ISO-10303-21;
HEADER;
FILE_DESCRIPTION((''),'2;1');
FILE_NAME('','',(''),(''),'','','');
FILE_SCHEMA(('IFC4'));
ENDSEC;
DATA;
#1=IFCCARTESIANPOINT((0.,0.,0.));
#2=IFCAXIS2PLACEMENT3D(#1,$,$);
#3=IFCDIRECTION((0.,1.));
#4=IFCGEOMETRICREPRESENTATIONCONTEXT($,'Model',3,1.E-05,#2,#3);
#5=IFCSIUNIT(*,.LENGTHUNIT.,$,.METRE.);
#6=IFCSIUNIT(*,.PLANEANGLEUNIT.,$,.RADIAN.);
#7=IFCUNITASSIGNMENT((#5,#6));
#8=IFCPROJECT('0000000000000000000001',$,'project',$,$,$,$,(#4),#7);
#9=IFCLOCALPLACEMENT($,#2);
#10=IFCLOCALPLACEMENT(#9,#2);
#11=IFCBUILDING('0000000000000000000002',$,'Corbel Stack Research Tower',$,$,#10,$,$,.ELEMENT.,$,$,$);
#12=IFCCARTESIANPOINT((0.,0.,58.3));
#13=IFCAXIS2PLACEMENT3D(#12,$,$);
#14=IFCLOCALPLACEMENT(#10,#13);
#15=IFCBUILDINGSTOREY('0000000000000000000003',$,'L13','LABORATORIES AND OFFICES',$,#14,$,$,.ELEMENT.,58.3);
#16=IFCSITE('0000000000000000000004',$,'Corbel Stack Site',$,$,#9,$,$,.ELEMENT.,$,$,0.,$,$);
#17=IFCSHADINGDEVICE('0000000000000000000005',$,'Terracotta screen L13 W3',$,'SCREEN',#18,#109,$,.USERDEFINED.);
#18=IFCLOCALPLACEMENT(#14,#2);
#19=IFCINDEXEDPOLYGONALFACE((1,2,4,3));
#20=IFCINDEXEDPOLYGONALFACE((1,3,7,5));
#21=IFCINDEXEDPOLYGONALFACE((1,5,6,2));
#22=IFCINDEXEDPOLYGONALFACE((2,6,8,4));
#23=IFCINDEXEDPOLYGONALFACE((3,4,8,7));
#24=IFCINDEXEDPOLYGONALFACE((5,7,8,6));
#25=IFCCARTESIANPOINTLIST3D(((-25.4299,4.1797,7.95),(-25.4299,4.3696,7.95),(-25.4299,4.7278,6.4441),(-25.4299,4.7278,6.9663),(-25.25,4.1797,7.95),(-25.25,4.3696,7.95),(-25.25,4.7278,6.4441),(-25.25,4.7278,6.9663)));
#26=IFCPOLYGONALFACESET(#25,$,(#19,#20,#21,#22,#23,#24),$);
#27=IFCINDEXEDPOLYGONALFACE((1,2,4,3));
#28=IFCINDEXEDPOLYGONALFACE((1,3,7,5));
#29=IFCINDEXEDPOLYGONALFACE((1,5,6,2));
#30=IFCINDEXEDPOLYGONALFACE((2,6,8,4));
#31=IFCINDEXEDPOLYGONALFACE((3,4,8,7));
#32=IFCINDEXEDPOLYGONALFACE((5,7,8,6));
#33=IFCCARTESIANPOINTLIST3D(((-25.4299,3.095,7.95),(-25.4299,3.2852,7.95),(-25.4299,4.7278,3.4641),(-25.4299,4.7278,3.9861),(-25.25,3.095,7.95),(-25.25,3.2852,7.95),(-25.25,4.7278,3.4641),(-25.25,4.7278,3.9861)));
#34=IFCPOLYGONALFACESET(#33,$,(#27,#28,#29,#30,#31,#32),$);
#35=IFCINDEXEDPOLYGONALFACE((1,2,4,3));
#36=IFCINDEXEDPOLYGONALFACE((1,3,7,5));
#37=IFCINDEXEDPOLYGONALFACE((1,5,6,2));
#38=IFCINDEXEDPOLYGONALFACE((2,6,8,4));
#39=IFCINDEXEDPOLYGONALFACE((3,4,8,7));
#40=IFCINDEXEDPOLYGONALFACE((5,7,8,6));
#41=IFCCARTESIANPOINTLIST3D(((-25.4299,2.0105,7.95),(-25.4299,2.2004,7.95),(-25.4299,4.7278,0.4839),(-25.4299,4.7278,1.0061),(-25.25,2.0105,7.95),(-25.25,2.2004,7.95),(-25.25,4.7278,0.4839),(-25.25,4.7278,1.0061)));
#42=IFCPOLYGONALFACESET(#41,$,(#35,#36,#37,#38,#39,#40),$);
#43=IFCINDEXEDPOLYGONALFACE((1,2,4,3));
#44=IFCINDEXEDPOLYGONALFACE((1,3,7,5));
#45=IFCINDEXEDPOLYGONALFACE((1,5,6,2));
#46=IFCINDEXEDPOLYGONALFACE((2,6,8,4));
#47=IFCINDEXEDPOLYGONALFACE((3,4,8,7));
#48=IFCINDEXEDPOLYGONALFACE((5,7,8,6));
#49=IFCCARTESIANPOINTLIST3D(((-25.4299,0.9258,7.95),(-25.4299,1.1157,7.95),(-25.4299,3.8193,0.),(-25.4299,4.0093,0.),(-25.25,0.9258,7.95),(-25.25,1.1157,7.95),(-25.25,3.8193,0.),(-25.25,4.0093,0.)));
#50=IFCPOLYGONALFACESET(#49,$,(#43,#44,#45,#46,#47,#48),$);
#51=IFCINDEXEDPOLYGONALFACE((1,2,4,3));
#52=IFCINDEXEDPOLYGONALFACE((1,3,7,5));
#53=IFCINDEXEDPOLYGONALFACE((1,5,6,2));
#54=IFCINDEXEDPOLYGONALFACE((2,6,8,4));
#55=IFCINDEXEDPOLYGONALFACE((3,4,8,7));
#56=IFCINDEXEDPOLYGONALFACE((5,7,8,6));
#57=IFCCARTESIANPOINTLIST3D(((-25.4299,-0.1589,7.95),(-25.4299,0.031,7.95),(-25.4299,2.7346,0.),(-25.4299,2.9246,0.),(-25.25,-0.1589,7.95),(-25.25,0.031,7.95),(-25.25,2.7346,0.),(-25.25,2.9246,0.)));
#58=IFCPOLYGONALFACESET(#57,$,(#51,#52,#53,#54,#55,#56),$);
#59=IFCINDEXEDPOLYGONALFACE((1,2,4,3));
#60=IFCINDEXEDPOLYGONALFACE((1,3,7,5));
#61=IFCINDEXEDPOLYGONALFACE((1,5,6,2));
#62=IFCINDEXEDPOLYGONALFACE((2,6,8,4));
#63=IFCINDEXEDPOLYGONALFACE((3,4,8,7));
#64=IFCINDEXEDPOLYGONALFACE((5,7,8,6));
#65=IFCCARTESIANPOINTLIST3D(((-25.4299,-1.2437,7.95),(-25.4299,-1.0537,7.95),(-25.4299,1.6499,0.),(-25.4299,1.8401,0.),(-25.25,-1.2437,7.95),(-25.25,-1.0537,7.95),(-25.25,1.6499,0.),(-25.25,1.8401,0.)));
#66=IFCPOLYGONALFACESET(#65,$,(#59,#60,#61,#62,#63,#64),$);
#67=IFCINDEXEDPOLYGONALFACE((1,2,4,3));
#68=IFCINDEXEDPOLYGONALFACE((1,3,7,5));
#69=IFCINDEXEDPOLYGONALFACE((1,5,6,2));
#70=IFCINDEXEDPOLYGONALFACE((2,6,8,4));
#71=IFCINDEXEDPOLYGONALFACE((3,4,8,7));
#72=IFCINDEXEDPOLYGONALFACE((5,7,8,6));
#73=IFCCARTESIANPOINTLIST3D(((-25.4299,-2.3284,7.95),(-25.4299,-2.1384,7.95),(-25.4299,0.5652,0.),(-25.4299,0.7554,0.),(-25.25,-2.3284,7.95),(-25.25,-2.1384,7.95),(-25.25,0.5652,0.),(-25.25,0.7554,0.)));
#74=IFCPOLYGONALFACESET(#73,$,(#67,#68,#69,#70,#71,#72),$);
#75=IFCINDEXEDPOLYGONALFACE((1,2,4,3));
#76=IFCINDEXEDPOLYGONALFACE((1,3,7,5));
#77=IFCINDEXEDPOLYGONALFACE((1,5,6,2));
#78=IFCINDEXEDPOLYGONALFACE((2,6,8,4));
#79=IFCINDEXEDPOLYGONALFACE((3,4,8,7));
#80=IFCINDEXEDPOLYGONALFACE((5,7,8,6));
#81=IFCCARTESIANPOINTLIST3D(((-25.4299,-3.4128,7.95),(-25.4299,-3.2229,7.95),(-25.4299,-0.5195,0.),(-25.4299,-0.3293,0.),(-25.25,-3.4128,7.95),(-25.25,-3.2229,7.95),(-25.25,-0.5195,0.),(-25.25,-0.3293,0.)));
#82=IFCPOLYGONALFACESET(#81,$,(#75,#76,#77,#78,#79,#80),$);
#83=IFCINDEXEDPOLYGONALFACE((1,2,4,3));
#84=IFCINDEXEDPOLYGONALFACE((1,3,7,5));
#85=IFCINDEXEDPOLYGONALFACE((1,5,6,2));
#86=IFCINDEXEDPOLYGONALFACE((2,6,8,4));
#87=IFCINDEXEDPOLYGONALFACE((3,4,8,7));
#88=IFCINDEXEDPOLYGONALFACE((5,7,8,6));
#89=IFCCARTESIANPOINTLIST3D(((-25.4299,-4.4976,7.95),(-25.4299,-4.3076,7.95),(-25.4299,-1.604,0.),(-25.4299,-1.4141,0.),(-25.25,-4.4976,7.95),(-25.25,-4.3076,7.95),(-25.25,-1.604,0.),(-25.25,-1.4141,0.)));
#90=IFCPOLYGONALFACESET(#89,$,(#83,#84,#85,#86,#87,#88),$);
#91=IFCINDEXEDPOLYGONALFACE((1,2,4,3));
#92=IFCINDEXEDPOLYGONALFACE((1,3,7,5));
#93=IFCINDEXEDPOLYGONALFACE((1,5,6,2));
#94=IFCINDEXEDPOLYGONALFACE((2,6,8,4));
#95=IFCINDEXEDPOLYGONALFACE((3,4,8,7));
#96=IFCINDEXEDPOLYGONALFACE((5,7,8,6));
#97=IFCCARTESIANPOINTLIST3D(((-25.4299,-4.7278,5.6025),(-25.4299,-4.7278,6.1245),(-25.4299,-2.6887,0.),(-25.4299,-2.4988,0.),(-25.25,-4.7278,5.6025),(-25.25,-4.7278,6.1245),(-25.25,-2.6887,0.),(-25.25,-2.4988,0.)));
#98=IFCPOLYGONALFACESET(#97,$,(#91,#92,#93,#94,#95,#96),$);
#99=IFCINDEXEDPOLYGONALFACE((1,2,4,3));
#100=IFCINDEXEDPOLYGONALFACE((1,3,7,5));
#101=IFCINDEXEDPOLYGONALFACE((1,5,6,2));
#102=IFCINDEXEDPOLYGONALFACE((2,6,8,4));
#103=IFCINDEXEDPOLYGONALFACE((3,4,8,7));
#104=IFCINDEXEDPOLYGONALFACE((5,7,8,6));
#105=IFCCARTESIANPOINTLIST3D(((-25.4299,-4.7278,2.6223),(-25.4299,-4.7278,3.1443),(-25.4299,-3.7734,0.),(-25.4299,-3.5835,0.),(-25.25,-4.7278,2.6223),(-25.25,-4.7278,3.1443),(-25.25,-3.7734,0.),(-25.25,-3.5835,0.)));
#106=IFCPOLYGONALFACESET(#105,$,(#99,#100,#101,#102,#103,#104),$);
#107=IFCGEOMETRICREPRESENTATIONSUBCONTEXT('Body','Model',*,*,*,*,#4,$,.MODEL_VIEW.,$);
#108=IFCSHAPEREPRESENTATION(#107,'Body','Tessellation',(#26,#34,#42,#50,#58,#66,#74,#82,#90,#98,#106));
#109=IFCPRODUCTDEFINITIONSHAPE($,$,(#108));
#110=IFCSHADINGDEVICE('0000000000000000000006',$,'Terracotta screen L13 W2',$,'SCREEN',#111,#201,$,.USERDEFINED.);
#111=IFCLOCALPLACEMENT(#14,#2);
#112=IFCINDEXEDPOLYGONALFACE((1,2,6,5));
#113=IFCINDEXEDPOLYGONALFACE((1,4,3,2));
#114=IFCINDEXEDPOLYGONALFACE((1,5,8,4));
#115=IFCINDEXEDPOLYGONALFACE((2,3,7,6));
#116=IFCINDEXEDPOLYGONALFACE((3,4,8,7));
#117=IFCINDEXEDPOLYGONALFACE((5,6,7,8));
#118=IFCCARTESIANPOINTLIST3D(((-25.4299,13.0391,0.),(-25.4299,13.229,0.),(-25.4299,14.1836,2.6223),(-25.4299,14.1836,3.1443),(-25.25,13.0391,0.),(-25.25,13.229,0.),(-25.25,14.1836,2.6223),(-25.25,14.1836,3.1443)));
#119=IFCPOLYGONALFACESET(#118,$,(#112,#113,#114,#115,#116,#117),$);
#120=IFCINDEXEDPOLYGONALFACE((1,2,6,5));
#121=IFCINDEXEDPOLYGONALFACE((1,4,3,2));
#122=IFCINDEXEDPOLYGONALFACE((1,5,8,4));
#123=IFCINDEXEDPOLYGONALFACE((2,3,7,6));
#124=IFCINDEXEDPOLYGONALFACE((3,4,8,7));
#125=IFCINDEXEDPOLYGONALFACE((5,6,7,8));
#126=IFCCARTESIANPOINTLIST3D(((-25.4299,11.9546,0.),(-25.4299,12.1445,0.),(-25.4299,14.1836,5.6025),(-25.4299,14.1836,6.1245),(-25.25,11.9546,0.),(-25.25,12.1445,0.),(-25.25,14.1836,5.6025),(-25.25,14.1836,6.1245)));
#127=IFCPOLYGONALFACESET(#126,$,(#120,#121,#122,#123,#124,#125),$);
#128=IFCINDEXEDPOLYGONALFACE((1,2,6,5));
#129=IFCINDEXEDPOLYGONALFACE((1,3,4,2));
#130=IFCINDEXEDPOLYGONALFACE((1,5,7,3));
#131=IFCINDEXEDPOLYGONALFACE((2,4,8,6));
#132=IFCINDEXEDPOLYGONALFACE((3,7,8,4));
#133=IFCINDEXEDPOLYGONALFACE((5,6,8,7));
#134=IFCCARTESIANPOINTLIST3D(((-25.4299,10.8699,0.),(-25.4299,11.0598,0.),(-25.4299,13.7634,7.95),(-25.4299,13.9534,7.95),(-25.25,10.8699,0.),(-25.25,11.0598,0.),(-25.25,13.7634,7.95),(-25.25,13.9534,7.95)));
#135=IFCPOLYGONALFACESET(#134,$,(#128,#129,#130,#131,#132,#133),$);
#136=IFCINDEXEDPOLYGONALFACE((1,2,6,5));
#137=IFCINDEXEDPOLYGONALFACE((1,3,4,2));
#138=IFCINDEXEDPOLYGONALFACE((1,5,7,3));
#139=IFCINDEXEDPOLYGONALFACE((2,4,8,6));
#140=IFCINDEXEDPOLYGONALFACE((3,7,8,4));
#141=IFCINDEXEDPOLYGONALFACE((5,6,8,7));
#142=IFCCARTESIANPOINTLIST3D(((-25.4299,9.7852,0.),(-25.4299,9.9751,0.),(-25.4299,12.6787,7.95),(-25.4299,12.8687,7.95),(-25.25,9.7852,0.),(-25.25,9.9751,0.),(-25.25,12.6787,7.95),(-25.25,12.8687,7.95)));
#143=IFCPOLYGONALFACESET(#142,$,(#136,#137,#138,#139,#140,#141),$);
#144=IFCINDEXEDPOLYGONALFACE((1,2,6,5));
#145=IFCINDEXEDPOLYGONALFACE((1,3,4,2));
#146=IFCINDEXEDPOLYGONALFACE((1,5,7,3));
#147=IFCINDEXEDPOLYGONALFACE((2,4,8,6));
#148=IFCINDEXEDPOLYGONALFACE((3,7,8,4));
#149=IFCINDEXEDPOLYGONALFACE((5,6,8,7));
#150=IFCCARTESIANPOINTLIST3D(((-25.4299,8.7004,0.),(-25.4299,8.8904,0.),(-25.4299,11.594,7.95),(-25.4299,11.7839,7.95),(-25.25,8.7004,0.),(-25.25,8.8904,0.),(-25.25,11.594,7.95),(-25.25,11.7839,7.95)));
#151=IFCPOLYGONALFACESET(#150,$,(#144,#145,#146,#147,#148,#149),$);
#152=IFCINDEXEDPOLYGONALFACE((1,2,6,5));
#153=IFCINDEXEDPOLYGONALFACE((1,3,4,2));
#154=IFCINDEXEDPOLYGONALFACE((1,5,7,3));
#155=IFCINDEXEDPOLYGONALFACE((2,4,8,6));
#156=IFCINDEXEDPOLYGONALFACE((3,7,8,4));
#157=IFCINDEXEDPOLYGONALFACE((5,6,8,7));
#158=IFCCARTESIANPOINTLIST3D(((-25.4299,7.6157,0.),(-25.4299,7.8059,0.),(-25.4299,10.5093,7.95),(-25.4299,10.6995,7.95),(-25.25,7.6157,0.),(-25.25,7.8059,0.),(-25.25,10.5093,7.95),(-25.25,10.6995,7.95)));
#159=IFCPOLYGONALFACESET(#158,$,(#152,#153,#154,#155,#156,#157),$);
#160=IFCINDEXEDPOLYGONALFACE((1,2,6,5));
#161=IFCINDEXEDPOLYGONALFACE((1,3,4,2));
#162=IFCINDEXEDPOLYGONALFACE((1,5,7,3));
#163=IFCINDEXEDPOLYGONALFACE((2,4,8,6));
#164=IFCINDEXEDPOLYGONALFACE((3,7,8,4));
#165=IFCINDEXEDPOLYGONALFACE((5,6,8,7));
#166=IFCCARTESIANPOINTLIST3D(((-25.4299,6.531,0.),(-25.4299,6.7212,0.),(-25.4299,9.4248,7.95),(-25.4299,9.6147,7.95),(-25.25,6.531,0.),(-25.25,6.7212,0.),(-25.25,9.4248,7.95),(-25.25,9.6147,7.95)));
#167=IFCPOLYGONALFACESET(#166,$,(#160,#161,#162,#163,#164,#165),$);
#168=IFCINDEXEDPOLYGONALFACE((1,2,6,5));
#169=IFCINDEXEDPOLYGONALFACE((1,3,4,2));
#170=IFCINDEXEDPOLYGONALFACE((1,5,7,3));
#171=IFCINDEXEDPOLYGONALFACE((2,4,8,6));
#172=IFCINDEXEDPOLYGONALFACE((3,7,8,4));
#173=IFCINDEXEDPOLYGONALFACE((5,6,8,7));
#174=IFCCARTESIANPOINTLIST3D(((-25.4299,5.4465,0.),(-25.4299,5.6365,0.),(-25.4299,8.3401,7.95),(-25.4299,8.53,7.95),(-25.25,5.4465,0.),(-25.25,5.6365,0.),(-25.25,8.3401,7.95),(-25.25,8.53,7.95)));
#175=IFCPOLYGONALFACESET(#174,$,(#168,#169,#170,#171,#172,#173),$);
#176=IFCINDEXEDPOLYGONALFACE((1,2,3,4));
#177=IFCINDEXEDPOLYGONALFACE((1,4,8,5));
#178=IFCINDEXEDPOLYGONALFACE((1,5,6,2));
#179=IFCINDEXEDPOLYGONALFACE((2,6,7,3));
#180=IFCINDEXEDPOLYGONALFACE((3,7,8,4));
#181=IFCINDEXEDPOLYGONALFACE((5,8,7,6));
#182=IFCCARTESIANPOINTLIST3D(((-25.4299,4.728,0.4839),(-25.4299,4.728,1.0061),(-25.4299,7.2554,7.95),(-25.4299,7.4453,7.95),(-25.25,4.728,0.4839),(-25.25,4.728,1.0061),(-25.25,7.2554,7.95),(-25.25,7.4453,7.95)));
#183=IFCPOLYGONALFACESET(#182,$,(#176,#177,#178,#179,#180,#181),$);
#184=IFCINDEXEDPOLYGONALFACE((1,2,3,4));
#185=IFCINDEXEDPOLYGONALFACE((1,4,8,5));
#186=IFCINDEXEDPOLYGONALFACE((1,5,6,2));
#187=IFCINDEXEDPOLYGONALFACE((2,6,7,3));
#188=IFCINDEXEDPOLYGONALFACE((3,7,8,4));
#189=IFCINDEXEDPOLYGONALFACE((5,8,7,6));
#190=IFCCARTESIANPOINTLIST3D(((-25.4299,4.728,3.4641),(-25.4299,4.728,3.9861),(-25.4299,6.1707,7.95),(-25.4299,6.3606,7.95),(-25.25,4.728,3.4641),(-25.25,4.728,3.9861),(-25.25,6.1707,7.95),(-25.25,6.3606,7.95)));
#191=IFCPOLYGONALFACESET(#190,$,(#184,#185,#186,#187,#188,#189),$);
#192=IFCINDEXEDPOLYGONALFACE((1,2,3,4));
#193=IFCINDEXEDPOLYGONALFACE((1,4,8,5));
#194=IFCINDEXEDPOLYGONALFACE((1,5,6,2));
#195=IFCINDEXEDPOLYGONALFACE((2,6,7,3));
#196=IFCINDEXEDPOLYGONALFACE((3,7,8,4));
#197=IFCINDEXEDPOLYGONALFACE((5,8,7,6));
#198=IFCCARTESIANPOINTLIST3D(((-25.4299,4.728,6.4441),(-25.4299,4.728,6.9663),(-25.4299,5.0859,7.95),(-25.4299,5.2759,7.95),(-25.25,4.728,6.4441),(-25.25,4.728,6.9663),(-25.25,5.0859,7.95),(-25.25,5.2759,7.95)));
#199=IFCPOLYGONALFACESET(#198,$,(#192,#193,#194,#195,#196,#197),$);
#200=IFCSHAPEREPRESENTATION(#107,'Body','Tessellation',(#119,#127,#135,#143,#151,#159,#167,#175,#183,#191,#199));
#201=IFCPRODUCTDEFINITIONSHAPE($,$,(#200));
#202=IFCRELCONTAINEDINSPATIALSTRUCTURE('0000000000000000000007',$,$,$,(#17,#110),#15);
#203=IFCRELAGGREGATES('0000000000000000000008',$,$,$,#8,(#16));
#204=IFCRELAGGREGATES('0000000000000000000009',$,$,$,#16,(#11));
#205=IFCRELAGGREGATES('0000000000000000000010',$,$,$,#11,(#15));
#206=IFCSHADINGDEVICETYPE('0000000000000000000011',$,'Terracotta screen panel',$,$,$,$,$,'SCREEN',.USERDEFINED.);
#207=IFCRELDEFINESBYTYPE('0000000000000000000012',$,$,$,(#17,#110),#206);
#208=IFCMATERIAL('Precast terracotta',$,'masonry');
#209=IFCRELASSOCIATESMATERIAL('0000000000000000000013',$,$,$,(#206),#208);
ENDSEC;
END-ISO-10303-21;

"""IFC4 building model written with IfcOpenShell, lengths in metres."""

from ifc_helpers import new_model, si_unit, direction, frame, origin, place, context, subcontext, project, spatial, polyline, outline, extrude, source, transform, mapped, material, type_object, element, save


model = new_model("IFC4")

# Units and contexts
model_context = context("Model", 3, precision=1e-05, world=origin(), true_north=direction((0.0, 1.0)))
body_context = subcontext(model_context, "Body", "Model", "MODEL_VIEW")
ifc_project = project(units=[si_unit("LENGTHUNIT", "METRE"), si_unit("PLANEANGLEUNIT", "RADIAN")], contexts=[model_context])

# Site, building, storey
site_placement = place(None, origin())
site = spatial("IfcSite", under=ifc_project, at=site_placement, Name="Corbel Stack Site", CompositionType="ELEMENT", RefElevation=0.0)
building_placement = place(site_placement, origin())
building = spatial("IfcBuilding", under=site, at=building_placement, Name="Corbel Stack Research Tower", CompositionType="ELEMENT")
storey_placement = place(building_placement, frame((0.0, 0.0, 58.3)))
storey = spatial("IfcBuildingStorey", under=building, at=storey_placement, Name="L13", Description="LABORATORIES AND OFFICES", CompositionType="ELEMENT", Elevation=58.3)

# Shading devices
ifc_material_1 = material(Name="Precast terracotta", Category="masonry")
shading_device_type = type_object("IfcShadingDeviceType", Name="Terracotta screen panel", ElementType="SCREEN", PredefinedType="USERDEFINED", material=ifc_material_1)
shared_shape_1 = source(origin(), body_context, "Body", "SweptSolid", [
    extrude(outline(polyline([(0.5481, 7.95), (0.3582, 7.95), (0.0, 6.9663), (0.0, 6.4441), (0.5481, 7.95)])), frame((0.0, 0.0, 0.0), z_axis=(0.0, -1.0, 0.0), x_axis=(1.0, 0.0, 0.0)), (0.0, 0.0, 1.0), 0.1799),
    extrude(outline(polyline([(1.6328, 7.95), (1.4426, 7.95), (0.0, 3.9861), (0.0, 3.4641), (1.6328, 7.95)])), frame((0.0, 0.0, 0.0), z_axis=(0.0, -1.0, 0.0), x_axis=(1.0, 0.0, 0.0)), (0.0, 0.0, 1.0), 0.1799),
    extrude(outline(polyline([(2.7173, 7.95), (2.5273, 7.95), (0.0, 1.0061), (0.0, 0.4839), (2.7173, 7.95)])), frame((0.0, 0.0, 0.0), z_axis=(0.0, -1.0, 0.0), x_axis=(1.0, 0.0, 0.0)), (0.0, 0.0, 1.0), 0.1799),
    extrude(outline(polyline([(0.9084, 0.0), (3.802, 7.95), (3.6121, 7.95), (0.7185, 0.0), (0.9084, 0.0)])), frame((0.0, 0.0, 0.0), z_axis=(0.0, -1.0, 0.0), x_axis=(1.0, 0.0, 0.0)), (0.0, 0.0, 1.0), 0.1799),
    extrude(outline(polyline([(1.9932, 0.0), (4.8867, 7.95), (4.6968, 7.95), (1.8032, 0.0), (1.9932, 0.0)])), frame((0.0, 0.0, 0.0), z_axis=(0.0, -1.0, 0.0), x_axis=(1.0, 0.0, 0.0)), (0.0, 0.0, 1.0), 0.1799),
    extrude(outline(polyline([(3.0779, 0.0), (5.9714, 7.95), (5.7815, 7.95), (2.8877, 0.0), (3.0779, 0.0)])), frame((0.0, 0.0, 0.0), z_axis=(0.0, -1.0, 0.0), x_axis=(1.0, 0.0, 0.0)), (0.0, 0.0, 1.0), 0.1799),
    extrude(outline(polyline([(4.1626, 0.0), (7.0562, 7.95), (6.8662, 7.95), (3.9724, 0.0), (4.1626, 0.0)])), frame((0.0, 0.0, 0.0), z_axis=(0.0, -1.0, 0.0), x_axis=(1.0, 0.0, 0.0)), (0.0, 0.0, 1.0), 0.1799),
    extrude(outline(polyline([(5.2473, 0.0), (8.1406, 7.95), (7.9507, 7.95), (5.0571, 0.0), (5.2473, 0.0)])), frame((0.0, 0.0, 0.0), z_axis=(0.0, -1.0, 0.0), x_axis=(1.0, 0.0, 0.0)), (0.0, 0.0, 1.0), 0.1799),
    extrude(outline(polyline([(6.3318, 0.0), (9.2253, 7.95), (9.0354, 7.95), (6.1418, 0.0), (6.3318, 0.0)])), frame((0.0, 0.0, 0.0), z_axis=(0.0, -1.0, 0.0), x_axis=(1.0, 0.0, 0.0)), (0.0, 0.0, 1.0), 0.1799),
    extrude(outline(polyline([(7.4165, 0.0), (9.4556, 5.6025), (9.4556, 6.1245), (7.2266, 0.0), (7.4165, 0.0)])), frame((0.0, 0.0, 0.0), z_axis=(0.0, -1.0, 0.0), x_axis=(1.0, 0.0, 0.0)), (0.0, 0.0, 1.0), 0.1799),
    extrude(outline(polyline([(8.5012, 0.0), (9.4556, 2.6223), (9.4556, 3.1443), (8.3113, 0.0), (8.5012, 0.0)])), frame((0.0, 0.0, 0.0), z_axis=(0.0, -1.0, 0.0), x_axis=(1.0, 0.0, 0.0)), (0.0, 0.0, 1.0), 0.1799),
])
shading_device_1_placement = place(storey_placement, frame((-25.25, 4.7278, 0.0), z_axis=(0.0, 0.0, 1.0), x_axis=(0.0, -1.0, 0.0)))
element("IfcShadingDevice", 1, at=shading_device_1_placement, inside=storey, type_object=shading_device_type, Name="Terracotta screen L13 W3", ObjectType="SCREEN", PredefinedType="USERDEFINED", context=body_context, shape_type="MappedRepresentation", body=[
    mapped(shared_shape_1, transform((0.0, 0.0, 0.0))),
])
shared_shape_2 = source(origin(), body_context, "Body", "SweptSolid", [
    extrude(outline(polyline([(1.1445, 0.0), (0.0, 3.1443), (0.0, 2.6223), (0.9546, 0.0), (1.1445, 0.0)])), frame((0.0, 0.0, 0.0), z_axis=(0.0, -1.0, 0.0), x_axis=(1.0, 0.0, 0.0)), (0.0, 0.0, 1.0), 0.1799),
    extrude(outline(polyline([(2.229, 0.0), (0.0, 6.1245), (0.0, 5.6025), (2.0391, 0.0), (2.229, 0.0)])), frame((0.0, 0.0, 0.0), z_axis=(0.0, -1.0, 0.0), x_axis=(1.0, 0.0, 0.0)), (0.0, 0.0, 1.0), 0.1799),
    extrude(outline(polyline([(3.3137, 0.0), (0.4202, 7.95), (0.2302, 7.95), (3.1238, 0.0), (3.3137, 0.0)])), frame((0.0, 0.0, 0.0), z_axis=(0.0, -1.0, 0.0), x_axis=(1.0, 0.0, 0.0)), (0.0, 0.0, 1.0), 0.1799),
    extrude(outline(polyline([(4.3984, 0.0), (1.5049, 7.95), (1.3149, 7.95), (4.2085, 0.0), (4.3984, 0.0)])), frame((0.0, 0.0, 0.0), z_axis=(0.0, -1.0, 0.0), x_axis=(1.0, 0.0, 0.0)), (0.0, 0.0, 1.0), 0.1799),
    extrude(outline(polyline([(5.4832, 0.0), (2.5896, 7.95), (2.3997, 7.95), (5.2932, 0.0), (5.4832, 0.0)])), frame((0.0, 0.0, 0.0), z_axis=(0.0, -1.0, 0.0), x_axis=(1.0, 0.0, 0.0)), (0.0, 0.0, 1.0), 0.1799),
    extrude(outline(polyline([(6.5679, 0.0), (3.6743, 7.95), (3.4841, 7.95), (6.3777, 0.0), (6.5679, 0.0)])), frame((0.0, 0.0, 0.0), z_axis=(0.0, -1.0, 0.0), x_axis=(1.0, 0.0, 0.0)), (0.0, 0.0, 1.0), 0.1799),
    extrude(outline(polyline([(7.6526, 0.0), (4.7588, 7.95), (4.5688, 7.95), (7.4624, 0.0), (7.6526, 0.0)])), frame((0.0, 0.0, 0.0), z_axis=(0.0, -1.0, 0.0), x_axis=(1.0, 0.0, 0.0)), (0.0, 0.0, 1.0), 0.1799),
    extrude(outline(polyline([(8.7371, 0.0), (5.8435, 7.95), (5.6536, 7.95), (8.5471, 0.0), (8.7371, 0.0)])), frame((0.0, 0.0, 0.0), z_axis=(0.0, -1.0, 0.0), x_axis=(1.0, 0.0, 0.0)), (0.0, 0.0, 1.0), 0.1799),
    extrude(outline(polyline([(6.9282, 7.95), (6.7383, 7.95), (9.4556, 0.4839), (9.4556, 1.0061), (6.9282, 7.95)])), frame((0.0, 0.0, 0.0), z_axis=(0.0, -1.0, 0.0), x_axis=(1.0, 0.0, 0.0)), (0.0, 0.0, 1.0), 0.1799),
    extrude(outline(polyline([(8.0129, 7.95), (7.823, 7.95), (9.4556, 3.4641), (9.4556, 3.9861), (8.0129, 7.95)])), frame((0.0, 0.0, 0.0), z_axis=(0.0, -1.0, 0.0), x_axis=(1.0, 0.0, 0.0)), (0.0, 0.0, 1.0), 0.1799),
    extrude(outline(polyline([(9.0977, 7.95), (8.9077, 7.95), (9.4556, 6.4441), (9.4556, 6.9663), (9.0977, 7.95)])), frame((0.0, 0.0, 0.0), z_axis=(0.0, -1.0, 0.0), x_axis=(1.0, 0.0, 0.0)), (0.0, 0.0, 1.0), 0.1799),
])
shading_device_2_placement = place(storey_placement, frame((-25.25, 14.1836, 0.0), z_axis=(0.0, 0.0, 1.0), x_axis=(0.0, -1.0, 0.0)))
element("IfcShadingDevice", 2, at=shading_device_2_placement, inside=storey, type_object=shading_device_type, Name="Terracotta screen L13 W2", ObjectType="SCREEN", PredefinedType="USERDEFINED", context=body_context, shape_type="MappedRepresentation", body=[
    mapped(shared_shape_2, transform((0.0, 0.0, 0.0))),
])

save(model, "model.ifc")
